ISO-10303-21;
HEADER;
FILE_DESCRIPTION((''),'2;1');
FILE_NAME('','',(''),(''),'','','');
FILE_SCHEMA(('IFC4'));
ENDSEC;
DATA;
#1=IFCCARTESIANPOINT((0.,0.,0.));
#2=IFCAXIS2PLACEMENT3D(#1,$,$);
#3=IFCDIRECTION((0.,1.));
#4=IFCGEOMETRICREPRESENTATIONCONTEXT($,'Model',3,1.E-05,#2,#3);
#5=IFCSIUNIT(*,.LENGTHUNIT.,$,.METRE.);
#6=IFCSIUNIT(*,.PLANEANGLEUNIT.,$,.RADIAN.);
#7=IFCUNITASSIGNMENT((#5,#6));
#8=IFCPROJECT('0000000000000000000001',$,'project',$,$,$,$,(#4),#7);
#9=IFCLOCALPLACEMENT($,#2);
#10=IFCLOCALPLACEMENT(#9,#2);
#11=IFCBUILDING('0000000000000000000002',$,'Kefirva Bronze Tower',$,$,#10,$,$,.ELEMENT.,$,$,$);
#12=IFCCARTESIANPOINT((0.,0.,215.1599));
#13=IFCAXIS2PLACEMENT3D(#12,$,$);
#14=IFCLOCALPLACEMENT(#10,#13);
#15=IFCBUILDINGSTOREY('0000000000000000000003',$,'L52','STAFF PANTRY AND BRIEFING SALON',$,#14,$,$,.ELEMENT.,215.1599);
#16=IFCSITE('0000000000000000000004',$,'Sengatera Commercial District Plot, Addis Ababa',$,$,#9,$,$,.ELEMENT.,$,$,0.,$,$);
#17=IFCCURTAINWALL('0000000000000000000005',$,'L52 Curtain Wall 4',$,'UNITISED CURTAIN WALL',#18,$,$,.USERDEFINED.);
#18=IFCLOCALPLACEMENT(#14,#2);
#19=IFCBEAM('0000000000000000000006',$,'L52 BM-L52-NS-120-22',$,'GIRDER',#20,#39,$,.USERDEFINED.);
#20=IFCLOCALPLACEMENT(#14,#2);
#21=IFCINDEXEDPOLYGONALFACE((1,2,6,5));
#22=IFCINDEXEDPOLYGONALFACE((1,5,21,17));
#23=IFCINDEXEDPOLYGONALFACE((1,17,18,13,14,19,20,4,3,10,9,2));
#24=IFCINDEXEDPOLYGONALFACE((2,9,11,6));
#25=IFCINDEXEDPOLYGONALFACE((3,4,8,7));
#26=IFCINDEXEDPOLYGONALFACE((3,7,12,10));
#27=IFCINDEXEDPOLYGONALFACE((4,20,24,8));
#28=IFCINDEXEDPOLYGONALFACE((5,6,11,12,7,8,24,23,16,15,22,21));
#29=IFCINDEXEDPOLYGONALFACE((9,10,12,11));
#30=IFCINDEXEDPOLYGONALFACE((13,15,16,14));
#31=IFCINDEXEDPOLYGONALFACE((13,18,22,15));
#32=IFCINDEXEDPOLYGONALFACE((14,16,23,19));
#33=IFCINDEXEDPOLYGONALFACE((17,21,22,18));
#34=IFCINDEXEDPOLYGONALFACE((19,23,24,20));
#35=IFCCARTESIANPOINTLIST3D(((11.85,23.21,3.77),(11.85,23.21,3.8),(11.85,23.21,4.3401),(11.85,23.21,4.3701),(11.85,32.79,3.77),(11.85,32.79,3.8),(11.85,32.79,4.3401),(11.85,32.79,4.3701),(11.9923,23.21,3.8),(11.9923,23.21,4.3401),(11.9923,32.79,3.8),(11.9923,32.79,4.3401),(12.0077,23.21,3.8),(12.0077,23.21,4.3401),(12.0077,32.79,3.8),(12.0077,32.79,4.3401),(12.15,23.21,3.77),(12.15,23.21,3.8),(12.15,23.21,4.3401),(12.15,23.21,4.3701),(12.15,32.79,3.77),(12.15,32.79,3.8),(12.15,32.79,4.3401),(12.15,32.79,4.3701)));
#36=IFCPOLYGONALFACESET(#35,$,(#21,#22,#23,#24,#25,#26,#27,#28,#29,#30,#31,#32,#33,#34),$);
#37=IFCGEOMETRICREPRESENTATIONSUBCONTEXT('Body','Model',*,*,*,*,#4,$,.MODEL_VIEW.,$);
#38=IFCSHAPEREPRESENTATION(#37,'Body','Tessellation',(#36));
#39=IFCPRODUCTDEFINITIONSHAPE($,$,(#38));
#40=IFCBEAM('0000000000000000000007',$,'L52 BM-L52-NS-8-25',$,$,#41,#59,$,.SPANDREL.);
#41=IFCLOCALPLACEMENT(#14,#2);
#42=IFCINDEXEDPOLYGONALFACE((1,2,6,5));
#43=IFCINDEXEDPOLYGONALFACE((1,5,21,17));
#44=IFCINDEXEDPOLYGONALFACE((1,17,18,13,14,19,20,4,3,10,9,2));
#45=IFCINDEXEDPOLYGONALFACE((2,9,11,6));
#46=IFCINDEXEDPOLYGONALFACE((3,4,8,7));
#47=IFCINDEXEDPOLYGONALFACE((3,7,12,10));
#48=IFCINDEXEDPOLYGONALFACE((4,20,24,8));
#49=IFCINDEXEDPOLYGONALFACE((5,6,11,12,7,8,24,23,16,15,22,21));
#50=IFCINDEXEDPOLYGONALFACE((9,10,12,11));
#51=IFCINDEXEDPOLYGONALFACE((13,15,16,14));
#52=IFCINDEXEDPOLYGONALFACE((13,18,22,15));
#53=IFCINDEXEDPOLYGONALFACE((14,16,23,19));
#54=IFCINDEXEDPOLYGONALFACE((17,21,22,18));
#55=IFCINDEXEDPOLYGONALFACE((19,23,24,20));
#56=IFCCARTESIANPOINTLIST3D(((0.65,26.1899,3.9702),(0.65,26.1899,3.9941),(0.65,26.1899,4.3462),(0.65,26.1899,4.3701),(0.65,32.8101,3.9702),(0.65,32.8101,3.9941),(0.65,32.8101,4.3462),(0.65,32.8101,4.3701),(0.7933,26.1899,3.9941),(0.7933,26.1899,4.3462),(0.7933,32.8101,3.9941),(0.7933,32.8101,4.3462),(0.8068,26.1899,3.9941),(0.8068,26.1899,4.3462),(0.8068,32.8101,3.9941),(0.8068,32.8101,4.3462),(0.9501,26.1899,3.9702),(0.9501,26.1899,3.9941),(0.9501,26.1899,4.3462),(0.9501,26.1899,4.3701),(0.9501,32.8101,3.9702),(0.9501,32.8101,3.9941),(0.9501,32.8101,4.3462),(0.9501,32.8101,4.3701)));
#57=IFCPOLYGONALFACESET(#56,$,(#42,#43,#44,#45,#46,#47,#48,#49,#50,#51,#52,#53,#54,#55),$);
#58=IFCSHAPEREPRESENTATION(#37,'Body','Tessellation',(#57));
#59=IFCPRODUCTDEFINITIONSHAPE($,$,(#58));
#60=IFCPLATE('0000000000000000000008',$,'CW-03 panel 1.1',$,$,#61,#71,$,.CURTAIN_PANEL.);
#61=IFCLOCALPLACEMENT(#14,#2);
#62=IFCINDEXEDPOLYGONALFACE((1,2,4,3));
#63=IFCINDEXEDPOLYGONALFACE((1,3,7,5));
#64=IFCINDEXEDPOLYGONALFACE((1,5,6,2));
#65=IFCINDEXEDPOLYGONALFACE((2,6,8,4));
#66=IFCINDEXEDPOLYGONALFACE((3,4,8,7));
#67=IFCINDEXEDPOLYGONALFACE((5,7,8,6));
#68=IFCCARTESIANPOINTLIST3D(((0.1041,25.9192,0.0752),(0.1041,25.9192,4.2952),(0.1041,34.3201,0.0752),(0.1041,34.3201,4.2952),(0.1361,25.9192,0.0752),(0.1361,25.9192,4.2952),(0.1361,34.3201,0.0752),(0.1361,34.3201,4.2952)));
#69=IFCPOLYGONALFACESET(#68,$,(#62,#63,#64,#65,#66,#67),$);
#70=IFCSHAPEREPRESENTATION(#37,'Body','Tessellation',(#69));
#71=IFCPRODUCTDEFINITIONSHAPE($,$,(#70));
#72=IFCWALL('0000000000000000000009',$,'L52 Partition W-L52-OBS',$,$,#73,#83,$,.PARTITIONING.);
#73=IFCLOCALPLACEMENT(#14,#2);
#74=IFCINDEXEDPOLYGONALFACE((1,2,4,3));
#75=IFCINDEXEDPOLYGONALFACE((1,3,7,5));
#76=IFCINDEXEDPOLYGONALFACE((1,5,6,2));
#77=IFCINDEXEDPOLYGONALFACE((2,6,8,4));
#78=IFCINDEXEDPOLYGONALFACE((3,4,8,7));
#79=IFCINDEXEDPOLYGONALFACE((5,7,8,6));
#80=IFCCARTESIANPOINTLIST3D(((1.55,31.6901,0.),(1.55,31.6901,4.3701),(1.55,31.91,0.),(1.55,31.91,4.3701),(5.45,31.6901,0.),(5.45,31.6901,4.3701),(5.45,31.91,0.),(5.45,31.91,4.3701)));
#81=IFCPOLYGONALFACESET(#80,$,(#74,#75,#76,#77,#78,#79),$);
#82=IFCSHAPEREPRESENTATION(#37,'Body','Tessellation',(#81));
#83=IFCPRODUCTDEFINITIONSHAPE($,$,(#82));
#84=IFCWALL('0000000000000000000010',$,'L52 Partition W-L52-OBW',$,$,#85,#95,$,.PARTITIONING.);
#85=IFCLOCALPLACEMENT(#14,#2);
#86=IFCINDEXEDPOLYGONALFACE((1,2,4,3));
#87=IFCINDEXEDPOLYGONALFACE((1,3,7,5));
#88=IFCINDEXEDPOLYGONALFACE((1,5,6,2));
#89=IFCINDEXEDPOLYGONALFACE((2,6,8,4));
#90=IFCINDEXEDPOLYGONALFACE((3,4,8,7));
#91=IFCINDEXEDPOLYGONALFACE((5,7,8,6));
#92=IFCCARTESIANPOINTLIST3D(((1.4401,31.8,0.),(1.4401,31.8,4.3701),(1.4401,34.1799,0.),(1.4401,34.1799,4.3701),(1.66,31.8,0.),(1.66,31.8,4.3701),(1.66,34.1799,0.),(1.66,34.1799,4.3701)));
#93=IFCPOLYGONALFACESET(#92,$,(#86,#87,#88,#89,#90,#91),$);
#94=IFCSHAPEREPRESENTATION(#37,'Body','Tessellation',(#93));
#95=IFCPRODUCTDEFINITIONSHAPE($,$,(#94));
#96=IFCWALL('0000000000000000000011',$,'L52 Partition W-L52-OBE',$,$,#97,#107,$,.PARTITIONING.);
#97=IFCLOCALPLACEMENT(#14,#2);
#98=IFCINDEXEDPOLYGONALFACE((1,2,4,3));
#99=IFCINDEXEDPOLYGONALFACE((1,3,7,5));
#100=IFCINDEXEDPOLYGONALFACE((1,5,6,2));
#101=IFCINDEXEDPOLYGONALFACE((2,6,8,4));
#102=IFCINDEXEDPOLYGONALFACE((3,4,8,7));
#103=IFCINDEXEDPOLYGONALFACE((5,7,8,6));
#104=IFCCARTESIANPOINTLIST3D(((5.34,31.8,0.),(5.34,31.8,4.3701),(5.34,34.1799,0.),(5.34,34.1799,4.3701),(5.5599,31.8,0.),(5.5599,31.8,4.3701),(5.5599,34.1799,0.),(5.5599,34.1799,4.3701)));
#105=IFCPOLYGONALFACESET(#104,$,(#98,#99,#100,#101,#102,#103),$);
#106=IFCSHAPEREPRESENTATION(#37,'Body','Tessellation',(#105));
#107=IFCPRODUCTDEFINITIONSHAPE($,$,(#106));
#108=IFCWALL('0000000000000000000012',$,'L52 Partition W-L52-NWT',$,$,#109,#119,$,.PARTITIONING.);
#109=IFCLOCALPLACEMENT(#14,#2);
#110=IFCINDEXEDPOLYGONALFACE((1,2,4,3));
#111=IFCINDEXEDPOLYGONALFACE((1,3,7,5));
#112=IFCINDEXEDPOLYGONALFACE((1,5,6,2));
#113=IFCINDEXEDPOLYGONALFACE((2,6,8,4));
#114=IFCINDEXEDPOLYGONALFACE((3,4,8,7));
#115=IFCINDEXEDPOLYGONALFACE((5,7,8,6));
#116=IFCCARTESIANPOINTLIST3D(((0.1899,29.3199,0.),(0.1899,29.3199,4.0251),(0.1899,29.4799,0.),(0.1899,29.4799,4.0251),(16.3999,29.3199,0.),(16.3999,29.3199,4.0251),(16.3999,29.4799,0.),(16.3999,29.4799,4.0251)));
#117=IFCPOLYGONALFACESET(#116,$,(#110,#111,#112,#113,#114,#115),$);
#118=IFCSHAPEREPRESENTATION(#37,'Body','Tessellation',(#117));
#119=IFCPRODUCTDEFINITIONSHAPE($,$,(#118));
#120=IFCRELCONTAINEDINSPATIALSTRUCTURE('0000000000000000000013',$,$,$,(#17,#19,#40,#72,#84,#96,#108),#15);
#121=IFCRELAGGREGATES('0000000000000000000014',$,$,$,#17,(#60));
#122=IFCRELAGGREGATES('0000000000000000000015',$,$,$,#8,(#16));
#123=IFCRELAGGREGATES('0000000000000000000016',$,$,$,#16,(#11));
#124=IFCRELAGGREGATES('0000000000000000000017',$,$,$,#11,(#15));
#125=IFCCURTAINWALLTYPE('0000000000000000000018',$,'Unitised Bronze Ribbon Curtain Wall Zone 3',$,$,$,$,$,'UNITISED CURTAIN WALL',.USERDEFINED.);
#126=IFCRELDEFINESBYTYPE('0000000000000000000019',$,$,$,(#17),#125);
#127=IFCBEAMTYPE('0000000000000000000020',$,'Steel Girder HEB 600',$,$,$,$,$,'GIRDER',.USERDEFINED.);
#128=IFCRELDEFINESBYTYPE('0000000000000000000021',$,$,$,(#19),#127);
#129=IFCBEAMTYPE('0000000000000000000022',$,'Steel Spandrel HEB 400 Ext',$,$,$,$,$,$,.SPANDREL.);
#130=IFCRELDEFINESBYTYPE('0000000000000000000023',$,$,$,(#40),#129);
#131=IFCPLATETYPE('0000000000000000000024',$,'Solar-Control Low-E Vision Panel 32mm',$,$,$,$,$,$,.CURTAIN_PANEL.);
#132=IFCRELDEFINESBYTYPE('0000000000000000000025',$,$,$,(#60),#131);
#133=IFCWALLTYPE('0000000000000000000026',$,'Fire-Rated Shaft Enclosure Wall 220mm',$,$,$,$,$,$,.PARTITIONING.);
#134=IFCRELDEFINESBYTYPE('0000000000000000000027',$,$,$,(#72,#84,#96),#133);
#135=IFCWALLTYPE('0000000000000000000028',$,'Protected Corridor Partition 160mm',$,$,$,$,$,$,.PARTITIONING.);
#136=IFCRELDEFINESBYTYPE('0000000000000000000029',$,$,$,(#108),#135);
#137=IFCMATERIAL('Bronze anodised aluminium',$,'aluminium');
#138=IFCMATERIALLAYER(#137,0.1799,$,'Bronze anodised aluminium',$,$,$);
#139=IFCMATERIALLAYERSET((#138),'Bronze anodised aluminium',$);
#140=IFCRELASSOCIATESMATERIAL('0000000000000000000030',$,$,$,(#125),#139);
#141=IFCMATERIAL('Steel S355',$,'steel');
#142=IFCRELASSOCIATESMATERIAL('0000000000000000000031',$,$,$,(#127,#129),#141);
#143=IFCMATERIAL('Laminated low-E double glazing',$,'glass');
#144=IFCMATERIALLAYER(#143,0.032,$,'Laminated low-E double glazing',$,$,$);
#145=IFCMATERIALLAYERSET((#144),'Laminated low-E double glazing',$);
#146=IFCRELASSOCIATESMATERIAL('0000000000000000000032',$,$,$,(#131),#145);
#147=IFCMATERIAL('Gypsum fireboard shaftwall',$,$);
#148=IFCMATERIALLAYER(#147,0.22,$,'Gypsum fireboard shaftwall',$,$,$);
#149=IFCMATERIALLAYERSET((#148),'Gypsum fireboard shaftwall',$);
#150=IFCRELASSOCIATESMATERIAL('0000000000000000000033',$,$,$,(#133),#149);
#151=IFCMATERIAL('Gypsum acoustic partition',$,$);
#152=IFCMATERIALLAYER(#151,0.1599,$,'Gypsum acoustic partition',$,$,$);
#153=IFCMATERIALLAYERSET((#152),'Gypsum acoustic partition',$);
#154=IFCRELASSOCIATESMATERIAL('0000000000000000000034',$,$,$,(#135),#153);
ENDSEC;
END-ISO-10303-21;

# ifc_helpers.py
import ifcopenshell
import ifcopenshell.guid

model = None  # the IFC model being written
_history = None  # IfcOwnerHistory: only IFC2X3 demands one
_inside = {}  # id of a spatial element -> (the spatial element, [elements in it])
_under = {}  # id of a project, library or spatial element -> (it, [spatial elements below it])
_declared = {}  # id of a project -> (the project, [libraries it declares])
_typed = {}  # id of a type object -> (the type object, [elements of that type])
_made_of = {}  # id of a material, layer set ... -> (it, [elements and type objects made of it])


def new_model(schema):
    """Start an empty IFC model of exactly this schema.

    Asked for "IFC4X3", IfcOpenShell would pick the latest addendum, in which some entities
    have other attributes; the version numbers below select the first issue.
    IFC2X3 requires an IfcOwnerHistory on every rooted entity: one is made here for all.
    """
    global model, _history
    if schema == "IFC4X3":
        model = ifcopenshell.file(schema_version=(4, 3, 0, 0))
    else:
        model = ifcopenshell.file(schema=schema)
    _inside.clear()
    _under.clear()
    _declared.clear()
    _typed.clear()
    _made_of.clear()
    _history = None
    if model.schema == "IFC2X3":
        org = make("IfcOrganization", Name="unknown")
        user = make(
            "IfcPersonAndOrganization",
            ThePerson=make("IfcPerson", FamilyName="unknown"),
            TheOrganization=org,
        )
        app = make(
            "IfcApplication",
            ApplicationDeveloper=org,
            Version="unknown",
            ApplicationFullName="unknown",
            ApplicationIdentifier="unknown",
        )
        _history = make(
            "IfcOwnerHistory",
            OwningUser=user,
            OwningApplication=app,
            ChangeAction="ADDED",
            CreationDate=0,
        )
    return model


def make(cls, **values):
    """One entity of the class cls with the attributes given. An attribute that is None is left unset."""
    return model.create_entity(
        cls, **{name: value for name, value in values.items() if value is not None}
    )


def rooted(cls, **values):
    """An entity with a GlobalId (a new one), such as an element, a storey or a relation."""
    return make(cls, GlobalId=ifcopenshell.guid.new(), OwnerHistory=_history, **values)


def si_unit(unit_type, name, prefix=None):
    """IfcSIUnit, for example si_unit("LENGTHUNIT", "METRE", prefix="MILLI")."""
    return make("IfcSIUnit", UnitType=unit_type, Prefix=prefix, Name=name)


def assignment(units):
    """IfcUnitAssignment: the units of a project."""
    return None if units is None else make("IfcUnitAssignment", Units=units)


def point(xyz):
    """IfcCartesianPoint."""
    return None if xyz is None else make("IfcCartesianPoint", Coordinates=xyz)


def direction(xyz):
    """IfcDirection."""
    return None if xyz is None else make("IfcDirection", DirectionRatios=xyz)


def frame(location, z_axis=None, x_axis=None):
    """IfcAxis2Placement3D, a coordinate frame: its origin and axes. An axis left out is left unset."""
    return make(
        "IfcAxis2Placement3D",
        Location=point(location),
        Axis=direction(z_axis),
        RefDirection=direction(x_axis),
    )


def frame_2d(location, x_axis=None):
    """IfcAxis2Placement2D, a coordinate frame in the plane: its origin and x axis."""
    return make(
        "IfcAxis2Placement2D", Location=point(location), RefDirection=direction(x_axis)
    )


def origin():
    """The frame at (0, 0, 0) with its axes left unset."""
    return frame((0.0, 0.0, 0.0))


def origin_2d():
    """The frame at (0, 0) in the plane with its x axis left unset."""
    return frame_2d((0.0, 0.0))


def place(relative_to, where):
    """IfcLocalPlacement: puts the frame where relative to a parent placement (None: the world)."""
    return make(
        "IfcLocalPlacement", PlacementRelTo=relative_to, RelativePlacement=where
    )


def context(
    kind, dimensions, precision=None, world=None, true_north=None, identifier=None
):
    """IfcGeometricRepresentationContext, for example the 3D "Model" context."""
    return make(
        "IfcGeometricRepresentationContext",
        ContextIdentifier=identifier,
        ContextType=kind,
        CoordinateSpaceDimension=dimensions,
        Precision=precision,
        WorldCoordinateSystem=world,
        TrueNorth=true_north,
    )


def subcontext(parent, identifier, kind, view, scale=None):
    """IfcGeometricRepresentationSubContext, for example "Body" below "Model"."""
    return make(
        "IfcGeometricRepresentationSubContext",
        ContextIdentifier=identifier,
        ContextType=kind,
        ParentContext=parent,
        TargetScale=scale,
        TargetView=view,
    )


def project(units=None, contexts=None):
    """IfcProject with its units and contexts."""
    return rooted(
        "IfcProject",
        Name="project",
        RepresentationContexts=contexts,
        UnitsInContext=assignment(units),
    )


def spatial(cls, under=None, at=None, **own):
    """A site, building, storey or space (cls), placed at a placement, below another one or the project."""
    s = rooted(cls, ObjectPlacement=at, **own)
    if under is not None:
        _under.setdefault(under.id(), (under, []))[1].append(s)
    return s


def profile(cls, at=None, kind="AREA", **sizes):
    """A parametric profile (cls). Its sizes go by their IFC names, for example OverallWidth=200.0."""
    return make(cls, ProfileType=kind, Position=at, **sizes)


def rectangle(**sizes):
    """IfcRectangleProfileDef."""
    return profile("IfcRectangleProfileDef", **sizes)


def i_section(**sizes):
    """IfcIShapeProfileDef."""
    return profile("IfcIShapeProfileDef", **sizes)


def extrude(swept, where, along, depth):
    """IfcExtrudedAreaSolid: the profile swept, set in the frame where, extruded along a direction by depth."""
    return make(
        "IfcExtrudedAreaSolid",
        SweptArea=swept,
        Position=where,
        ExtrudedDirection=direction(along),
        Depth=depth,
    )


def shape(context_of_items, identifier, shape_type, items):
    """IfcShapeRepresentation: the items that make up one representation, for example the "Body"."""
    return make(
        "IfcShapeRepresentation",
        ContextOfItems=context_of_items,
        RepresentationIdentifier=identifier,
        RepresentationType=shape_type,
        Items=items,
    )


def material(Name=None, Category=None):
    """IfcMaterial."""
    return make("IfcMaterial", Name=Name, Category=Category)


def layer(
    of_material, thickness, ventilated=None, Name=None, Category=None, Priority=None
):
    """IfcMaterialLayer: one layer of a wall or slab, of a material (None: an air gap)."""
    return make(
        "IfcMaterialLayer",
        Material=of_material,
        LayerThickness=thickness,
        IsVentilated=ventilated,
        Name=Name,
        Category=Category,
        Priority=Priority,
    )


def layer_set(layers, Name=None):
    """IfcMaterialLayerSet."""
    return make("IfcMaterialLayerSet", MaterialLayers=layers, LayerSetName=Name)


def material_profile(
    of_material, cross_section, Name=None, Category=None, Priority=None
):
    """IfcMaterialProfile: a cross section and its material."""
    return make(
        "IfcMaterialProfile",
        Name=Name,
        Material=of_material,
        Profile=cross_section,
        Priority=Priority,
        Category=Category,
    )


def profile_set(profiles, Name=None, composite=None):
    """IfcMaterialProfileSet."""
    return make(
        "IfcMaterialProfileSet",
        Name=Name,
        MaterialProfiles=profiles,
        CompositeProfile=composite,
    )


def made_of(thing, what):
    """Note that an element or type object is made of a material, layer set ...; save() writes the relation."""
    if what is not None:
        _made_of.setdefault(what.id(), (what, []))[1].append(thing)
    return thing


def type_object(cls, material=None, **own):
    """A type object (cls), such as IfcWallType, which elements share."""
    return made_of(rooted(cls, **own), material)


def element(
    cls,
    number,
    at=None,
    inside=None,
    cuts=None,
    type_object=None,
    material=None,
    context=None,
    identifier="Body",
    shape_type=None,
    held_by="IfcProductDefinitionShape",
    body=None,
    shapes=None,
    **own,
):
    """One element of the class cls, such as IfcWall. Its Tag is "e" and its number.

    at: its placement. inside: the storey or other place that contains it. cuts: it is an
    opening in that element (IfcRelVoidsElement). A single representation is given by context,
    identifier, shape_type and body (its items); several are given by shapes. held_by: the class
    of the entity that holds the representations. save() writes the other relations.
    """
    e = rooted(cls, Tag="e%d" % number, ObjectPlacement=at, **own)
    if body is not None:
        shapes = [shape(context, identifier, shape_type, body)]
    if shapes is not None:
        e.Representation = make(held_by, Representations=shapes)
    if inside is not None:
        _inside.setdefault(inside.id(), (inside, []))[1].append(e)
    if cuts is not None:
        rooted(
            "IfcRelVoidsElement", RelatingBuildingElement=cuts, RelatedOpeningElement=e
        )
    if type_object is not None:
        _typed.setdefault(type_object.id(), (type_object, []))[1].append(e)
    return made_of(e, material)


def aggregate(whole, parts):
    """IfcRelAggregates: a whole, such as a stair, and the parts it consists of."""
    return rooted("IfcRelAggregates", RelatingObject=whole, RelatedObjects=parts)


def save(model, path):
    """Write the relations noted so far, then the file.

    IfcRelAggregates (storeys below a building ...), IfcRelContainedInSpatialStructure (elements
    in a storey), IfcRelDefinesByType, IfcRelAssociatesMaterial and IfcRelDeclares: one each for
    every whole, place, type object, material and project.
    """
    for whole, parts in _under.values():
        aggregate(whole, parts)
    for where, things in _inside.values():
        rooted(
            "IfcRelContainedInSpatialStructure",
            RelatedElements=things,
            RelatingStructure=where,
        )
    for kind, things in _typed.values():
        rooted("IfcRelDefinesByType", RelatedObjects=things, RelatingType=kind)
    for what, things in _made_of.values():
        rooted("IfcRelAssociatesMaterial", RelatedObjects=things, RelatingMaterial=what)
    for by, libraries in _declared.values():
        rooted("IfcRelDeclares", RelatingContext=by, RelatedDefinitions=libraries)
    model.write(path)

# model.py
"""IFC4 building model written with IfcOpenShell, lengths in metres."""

from ifc_helpers import new_model, si_unit, direction, frame, frame_2d, origin, origin_2d, place, context, subcontext, project, spatial, rectangle, i_section, extrude, material, layer, layer_set, material_profile, profile_set, type_object, element, aggregate, save


model = new_model("IFC4")

# Units and contexts
model_context = context("Model", 3, precision=1e-05, world=origin(), true_north=direction((0.0, 1.0)))
body_context = subcontext(model_context, "Body", "Model", "MODEL_VIEW")
ifc_project = project(units=[si_unit("LENGTHUNIT", "METRE"), si_unit("PLANEANGLEUNIT", "RADIAN")], contexts=[model_context])

# Site, building, storey
site_placement = place(None, origin())
site = spatial("IfcSite", under=ifc_project, at=site_placement, Name="Sengatera Commercial District Plot, Addis Ababa", CompositionType="ELEMENT", RefElevation=0.0)
building_placement = place(site_placement, origin())
building = spatial("IfcBuilding", under=site, at=building_placement, Name="Kefirva Bronze Tower", CompositionType="ELEMENT")
storey_placement = place(building_placement, frame((0.0, 0.0, 215.1599)))
storey = spatial("IfcBuildingStorey", under=building, at=storey_placement, Name="L52", Description="STAFF PANTRY AND BRIEFING SALON", CompositionType="ELEMENT", Elevation=215.1599)

# Curtain wall
ifc_material_1 = material(Name="Bronze anodised aluminium", Category="aluminium")
ifc_layer_1 = layer(ifc_material_1, 0.1799, Name="Bronze anodised aluminium")
ifc_layer_set_1 = layer_set([ifc_layer_1], Name="Bronze anodised aluminium")
curtain_wall_type = type_object("IfcCurtainWallType", Name="Unitised Bronze Ribbon Curtain Wall Zone 3", ElementType="UNITISED CURTAIN WALL", PredefinedType="USERDEFINED", material=ifc_layer_set_1)
curtain_wall_placement = place(storey_placement, origin())
curtain_wall = element("IfcCurtainWall", 1, at=curtain_wall_placement, inside=storey, type_object=curtain_wall_type, Name="L52 Curtain Wall 4", ObjectType="UNITISED CURTAIN WALL", PredefinedType="USERDEFINED")

# Beams
ifc_material_2 = material(Name="Steel S355", Category="steel")
ifc_material_profile_1 = material_profile(ifc_material_2, i_section(OverallWidth=0.3, OverallDepth=0.6001, WebThickness=0.0154, FlangeThickness=0.03, at=origin_2d()), Name="HEB 600")
ifc_profile_set_1 = profile_set([ifc_material_profile_1], Name="Steel S355")
beam_type_1 = type_object("IfcBeamType", Name="Steel Girder HEB 600", ElementType="GIRDER", PredefinedType="USERDEFINED", material=ifc_profile_set_1)
beam_1_placement = place(storey_placement, frame((12.0, 23.21, 4.0701), z_axis=(0.0, 1.0, 0.0), x_axis=(-1.0, 0.0, 0.0)))
element("IfcBeam", 2, at=beam_1_placement, inside=storey, type_object=beam_type_1, Name="L52 BM-L52-NS-120-22", ObjectType="GIRDER", PredefinedType="USERDEFINED", context=body_context, shape_type="SweptSolid", body=[
    extrude(i_section(OverallWidth=0.3, OverallDepth=0.6001, WebThickness=0.0154, FlangeThickness=0.03, at=origin_2d()), origin(), (0.0, 0.0, 1.0), 9.5801),
])
ifc_material_profile_2 = material_profile(ifc_material_2, i_section(OverallWidth=0.3, OverallDepth=0.3999, WebThickness=0.0134, FlangeThickness=0.0239, at=origin_2d()), Name="HEB 400")
ifc_profile_set_2 = profile_set([ifc_material_profile_2], Name="Steel S355")
beam_type_2 = type_object("IfcBeamType", Name="Steel Spandrel HEB 400 Ext", PredefinedType="SPANDREL", material=ifc_profile_set_2)
beam_2_placement = place(storey_placement, frame((0.8, 26.1899, 4.1702), z_axis=(0.0, 1.0, 0.0), x_axis=(-1.0, 0.0, 0.0)))
element("IfcBeam", 3, at=beam_2_placement, inside=storey, type_object=beam_type_2, Name="L52 BM-L52-NS-8-25", PredefinedType="SPANDREL", context=body_context, shape_type="SweptSolid", body=[
    extrude(i_section(OverallWidth=0.3, OverallDepth=0.3999, WebThickness=0.0134, FlangeThickness=0.0239, at=origin_2d()), origin(), (0.0, 0.0, 1.0), 6.6201),
])

# Plate
ifc_material_3 = material(Name="Laminated low-E double glazing", Category="glass")
ifc_layer_2 = layer(ifc_material_3, 0.032, Name="Laminated low-E double glazing")
ifc_layer_set_2 = layer_set([ifc_layer_2], Name="Laminated low-E double glazing")
plate_type = type_object("IfcPlateType", Name="Solar-Control Low-E Vision Panel 32mm", PredefinedType="CURTAIN_PANEL", material=ifc_layer_set_2)
plate_placement = place(storey_placement, frame((0.1201, 30.1196, 0.0752), z_axis=(0.0, 0.0, 1.0), x_axis=(0.0, -1.0, 0.0)))
plate = element("IfcPlate", 4, at=plate_placement, type_object=plate_type, Name="CW-03 panel 1.1", PredefinedType="CURTAIN_PANEL", context=body_context, shape_type="SweptSolid", body=[
    extrude(rectangle(XDim=8.4009, YDim=0.032, at=origin_2d()), origin(), (0.0, 0.0, 1.0), 4.22),
])
aggregate(curtain_wall, [plate])

# Walls
ifc_material_4 = material(Name="Gypsum fireboard shaftwall")
ifc_layer_3 = layer(ifc_material_4, 0.22, Name="Gypsum fireboard shaftwall")
ifc_layer_set_3 = layer_set([ifc_layer_3], Name="Gypsum fireboard shaftwall")
wall_type_1 = type_object("IfcWallType", Name="Fire-Rated Shaft Enclosure Wall 220mm", PredefinedType="PARTITIONING", material=ifc_layer_set_3)
wall_1_placement = place(storey_placement, frame((1.55, 31.8, 0.0), z_axis=(0.0, 0.0, 1.0), x_axis=(1.0, 0.0, 0.0)))
element("IfcWall", 5, at=wall_1_placement, inside=storey, type_object=wall_type_1, Name="L52 Partition W-L52-OBS", PredefinedType="PARTITIONING", context=body_context, shape_type="SweptSolid", body=[
    extrude(rectangle(XDim=3.8999, YDim=0.22, at=frame_2d((1.95, 0.0))), origin(), (0.0, 0.0, 1.0), 4.3701),
])
for number, where, z_axis, x_axis, name in (
    (6, (1.55, 31.8, 0.0), (0.0, 0.0, 1.0), (0.0, 1.0, 0.0), "L52 Partition W-L52-OBW"),
    (7, (5.45, 31.8, 0.0), (0.0, 0.0, 1.0), (0.0, 1.0, 0.0), "L52 Partition W-L52-OBE"),
):
    element("IfcWall", number, at=place(storey_placement, frame(where, z_axis=z_axis, x_axis=x_axis)), inside=storey, type_object=wall_type_1, Name=name, PredefinedType="PARTITIONING", context=body_context, shape_type="SweptSolid", body=[
        extrude(rectangle(XDim=2.3799, YDim=0.22, at=frame_2d((1.1899, 0.0))), origin(), (0.0, 0.0, 1.0), 4.3701),
    ])
ifc_material_5 = material(Name="Gypsum acoustic partition")
ifc_layer_4 = layer(ifc_material_5, 0.1599, Name="Gypsum acoustic partition")
ifc_layer_set_4 = layer_set([ifc_layer_4], Name="Gypsum acoustic partition")
wall_type_2 = type_object("IfcWallType", Name="Protected Corridor Partition 160mm", PredefinedType="PARTITIONING", material=ifc_layer_set_4)
wall_2_placement = place(storey_placement, frame((0.1899, 29.3999, 0.0), z_axis=(0.0, 0.0, 1.0), x_axis=(1.0, 0.0, 0.0)))
element("IfcWall", 8, at=wall_2_placement, inside=storey, type_object=wall_type_2, Name="L52 Partition W-L52-NWT", PredefinedType="PARTITIONING", context=body_context, shape_type="SweptSolid", body=[
    extrude(rectangle(XDim=16.21, YDim=0.1599, at=frame_2d((8.105, 0.0))), origin(), (0.0, 0.0, 1.0), 4.0251),
])

save(model, "model.ifc")
